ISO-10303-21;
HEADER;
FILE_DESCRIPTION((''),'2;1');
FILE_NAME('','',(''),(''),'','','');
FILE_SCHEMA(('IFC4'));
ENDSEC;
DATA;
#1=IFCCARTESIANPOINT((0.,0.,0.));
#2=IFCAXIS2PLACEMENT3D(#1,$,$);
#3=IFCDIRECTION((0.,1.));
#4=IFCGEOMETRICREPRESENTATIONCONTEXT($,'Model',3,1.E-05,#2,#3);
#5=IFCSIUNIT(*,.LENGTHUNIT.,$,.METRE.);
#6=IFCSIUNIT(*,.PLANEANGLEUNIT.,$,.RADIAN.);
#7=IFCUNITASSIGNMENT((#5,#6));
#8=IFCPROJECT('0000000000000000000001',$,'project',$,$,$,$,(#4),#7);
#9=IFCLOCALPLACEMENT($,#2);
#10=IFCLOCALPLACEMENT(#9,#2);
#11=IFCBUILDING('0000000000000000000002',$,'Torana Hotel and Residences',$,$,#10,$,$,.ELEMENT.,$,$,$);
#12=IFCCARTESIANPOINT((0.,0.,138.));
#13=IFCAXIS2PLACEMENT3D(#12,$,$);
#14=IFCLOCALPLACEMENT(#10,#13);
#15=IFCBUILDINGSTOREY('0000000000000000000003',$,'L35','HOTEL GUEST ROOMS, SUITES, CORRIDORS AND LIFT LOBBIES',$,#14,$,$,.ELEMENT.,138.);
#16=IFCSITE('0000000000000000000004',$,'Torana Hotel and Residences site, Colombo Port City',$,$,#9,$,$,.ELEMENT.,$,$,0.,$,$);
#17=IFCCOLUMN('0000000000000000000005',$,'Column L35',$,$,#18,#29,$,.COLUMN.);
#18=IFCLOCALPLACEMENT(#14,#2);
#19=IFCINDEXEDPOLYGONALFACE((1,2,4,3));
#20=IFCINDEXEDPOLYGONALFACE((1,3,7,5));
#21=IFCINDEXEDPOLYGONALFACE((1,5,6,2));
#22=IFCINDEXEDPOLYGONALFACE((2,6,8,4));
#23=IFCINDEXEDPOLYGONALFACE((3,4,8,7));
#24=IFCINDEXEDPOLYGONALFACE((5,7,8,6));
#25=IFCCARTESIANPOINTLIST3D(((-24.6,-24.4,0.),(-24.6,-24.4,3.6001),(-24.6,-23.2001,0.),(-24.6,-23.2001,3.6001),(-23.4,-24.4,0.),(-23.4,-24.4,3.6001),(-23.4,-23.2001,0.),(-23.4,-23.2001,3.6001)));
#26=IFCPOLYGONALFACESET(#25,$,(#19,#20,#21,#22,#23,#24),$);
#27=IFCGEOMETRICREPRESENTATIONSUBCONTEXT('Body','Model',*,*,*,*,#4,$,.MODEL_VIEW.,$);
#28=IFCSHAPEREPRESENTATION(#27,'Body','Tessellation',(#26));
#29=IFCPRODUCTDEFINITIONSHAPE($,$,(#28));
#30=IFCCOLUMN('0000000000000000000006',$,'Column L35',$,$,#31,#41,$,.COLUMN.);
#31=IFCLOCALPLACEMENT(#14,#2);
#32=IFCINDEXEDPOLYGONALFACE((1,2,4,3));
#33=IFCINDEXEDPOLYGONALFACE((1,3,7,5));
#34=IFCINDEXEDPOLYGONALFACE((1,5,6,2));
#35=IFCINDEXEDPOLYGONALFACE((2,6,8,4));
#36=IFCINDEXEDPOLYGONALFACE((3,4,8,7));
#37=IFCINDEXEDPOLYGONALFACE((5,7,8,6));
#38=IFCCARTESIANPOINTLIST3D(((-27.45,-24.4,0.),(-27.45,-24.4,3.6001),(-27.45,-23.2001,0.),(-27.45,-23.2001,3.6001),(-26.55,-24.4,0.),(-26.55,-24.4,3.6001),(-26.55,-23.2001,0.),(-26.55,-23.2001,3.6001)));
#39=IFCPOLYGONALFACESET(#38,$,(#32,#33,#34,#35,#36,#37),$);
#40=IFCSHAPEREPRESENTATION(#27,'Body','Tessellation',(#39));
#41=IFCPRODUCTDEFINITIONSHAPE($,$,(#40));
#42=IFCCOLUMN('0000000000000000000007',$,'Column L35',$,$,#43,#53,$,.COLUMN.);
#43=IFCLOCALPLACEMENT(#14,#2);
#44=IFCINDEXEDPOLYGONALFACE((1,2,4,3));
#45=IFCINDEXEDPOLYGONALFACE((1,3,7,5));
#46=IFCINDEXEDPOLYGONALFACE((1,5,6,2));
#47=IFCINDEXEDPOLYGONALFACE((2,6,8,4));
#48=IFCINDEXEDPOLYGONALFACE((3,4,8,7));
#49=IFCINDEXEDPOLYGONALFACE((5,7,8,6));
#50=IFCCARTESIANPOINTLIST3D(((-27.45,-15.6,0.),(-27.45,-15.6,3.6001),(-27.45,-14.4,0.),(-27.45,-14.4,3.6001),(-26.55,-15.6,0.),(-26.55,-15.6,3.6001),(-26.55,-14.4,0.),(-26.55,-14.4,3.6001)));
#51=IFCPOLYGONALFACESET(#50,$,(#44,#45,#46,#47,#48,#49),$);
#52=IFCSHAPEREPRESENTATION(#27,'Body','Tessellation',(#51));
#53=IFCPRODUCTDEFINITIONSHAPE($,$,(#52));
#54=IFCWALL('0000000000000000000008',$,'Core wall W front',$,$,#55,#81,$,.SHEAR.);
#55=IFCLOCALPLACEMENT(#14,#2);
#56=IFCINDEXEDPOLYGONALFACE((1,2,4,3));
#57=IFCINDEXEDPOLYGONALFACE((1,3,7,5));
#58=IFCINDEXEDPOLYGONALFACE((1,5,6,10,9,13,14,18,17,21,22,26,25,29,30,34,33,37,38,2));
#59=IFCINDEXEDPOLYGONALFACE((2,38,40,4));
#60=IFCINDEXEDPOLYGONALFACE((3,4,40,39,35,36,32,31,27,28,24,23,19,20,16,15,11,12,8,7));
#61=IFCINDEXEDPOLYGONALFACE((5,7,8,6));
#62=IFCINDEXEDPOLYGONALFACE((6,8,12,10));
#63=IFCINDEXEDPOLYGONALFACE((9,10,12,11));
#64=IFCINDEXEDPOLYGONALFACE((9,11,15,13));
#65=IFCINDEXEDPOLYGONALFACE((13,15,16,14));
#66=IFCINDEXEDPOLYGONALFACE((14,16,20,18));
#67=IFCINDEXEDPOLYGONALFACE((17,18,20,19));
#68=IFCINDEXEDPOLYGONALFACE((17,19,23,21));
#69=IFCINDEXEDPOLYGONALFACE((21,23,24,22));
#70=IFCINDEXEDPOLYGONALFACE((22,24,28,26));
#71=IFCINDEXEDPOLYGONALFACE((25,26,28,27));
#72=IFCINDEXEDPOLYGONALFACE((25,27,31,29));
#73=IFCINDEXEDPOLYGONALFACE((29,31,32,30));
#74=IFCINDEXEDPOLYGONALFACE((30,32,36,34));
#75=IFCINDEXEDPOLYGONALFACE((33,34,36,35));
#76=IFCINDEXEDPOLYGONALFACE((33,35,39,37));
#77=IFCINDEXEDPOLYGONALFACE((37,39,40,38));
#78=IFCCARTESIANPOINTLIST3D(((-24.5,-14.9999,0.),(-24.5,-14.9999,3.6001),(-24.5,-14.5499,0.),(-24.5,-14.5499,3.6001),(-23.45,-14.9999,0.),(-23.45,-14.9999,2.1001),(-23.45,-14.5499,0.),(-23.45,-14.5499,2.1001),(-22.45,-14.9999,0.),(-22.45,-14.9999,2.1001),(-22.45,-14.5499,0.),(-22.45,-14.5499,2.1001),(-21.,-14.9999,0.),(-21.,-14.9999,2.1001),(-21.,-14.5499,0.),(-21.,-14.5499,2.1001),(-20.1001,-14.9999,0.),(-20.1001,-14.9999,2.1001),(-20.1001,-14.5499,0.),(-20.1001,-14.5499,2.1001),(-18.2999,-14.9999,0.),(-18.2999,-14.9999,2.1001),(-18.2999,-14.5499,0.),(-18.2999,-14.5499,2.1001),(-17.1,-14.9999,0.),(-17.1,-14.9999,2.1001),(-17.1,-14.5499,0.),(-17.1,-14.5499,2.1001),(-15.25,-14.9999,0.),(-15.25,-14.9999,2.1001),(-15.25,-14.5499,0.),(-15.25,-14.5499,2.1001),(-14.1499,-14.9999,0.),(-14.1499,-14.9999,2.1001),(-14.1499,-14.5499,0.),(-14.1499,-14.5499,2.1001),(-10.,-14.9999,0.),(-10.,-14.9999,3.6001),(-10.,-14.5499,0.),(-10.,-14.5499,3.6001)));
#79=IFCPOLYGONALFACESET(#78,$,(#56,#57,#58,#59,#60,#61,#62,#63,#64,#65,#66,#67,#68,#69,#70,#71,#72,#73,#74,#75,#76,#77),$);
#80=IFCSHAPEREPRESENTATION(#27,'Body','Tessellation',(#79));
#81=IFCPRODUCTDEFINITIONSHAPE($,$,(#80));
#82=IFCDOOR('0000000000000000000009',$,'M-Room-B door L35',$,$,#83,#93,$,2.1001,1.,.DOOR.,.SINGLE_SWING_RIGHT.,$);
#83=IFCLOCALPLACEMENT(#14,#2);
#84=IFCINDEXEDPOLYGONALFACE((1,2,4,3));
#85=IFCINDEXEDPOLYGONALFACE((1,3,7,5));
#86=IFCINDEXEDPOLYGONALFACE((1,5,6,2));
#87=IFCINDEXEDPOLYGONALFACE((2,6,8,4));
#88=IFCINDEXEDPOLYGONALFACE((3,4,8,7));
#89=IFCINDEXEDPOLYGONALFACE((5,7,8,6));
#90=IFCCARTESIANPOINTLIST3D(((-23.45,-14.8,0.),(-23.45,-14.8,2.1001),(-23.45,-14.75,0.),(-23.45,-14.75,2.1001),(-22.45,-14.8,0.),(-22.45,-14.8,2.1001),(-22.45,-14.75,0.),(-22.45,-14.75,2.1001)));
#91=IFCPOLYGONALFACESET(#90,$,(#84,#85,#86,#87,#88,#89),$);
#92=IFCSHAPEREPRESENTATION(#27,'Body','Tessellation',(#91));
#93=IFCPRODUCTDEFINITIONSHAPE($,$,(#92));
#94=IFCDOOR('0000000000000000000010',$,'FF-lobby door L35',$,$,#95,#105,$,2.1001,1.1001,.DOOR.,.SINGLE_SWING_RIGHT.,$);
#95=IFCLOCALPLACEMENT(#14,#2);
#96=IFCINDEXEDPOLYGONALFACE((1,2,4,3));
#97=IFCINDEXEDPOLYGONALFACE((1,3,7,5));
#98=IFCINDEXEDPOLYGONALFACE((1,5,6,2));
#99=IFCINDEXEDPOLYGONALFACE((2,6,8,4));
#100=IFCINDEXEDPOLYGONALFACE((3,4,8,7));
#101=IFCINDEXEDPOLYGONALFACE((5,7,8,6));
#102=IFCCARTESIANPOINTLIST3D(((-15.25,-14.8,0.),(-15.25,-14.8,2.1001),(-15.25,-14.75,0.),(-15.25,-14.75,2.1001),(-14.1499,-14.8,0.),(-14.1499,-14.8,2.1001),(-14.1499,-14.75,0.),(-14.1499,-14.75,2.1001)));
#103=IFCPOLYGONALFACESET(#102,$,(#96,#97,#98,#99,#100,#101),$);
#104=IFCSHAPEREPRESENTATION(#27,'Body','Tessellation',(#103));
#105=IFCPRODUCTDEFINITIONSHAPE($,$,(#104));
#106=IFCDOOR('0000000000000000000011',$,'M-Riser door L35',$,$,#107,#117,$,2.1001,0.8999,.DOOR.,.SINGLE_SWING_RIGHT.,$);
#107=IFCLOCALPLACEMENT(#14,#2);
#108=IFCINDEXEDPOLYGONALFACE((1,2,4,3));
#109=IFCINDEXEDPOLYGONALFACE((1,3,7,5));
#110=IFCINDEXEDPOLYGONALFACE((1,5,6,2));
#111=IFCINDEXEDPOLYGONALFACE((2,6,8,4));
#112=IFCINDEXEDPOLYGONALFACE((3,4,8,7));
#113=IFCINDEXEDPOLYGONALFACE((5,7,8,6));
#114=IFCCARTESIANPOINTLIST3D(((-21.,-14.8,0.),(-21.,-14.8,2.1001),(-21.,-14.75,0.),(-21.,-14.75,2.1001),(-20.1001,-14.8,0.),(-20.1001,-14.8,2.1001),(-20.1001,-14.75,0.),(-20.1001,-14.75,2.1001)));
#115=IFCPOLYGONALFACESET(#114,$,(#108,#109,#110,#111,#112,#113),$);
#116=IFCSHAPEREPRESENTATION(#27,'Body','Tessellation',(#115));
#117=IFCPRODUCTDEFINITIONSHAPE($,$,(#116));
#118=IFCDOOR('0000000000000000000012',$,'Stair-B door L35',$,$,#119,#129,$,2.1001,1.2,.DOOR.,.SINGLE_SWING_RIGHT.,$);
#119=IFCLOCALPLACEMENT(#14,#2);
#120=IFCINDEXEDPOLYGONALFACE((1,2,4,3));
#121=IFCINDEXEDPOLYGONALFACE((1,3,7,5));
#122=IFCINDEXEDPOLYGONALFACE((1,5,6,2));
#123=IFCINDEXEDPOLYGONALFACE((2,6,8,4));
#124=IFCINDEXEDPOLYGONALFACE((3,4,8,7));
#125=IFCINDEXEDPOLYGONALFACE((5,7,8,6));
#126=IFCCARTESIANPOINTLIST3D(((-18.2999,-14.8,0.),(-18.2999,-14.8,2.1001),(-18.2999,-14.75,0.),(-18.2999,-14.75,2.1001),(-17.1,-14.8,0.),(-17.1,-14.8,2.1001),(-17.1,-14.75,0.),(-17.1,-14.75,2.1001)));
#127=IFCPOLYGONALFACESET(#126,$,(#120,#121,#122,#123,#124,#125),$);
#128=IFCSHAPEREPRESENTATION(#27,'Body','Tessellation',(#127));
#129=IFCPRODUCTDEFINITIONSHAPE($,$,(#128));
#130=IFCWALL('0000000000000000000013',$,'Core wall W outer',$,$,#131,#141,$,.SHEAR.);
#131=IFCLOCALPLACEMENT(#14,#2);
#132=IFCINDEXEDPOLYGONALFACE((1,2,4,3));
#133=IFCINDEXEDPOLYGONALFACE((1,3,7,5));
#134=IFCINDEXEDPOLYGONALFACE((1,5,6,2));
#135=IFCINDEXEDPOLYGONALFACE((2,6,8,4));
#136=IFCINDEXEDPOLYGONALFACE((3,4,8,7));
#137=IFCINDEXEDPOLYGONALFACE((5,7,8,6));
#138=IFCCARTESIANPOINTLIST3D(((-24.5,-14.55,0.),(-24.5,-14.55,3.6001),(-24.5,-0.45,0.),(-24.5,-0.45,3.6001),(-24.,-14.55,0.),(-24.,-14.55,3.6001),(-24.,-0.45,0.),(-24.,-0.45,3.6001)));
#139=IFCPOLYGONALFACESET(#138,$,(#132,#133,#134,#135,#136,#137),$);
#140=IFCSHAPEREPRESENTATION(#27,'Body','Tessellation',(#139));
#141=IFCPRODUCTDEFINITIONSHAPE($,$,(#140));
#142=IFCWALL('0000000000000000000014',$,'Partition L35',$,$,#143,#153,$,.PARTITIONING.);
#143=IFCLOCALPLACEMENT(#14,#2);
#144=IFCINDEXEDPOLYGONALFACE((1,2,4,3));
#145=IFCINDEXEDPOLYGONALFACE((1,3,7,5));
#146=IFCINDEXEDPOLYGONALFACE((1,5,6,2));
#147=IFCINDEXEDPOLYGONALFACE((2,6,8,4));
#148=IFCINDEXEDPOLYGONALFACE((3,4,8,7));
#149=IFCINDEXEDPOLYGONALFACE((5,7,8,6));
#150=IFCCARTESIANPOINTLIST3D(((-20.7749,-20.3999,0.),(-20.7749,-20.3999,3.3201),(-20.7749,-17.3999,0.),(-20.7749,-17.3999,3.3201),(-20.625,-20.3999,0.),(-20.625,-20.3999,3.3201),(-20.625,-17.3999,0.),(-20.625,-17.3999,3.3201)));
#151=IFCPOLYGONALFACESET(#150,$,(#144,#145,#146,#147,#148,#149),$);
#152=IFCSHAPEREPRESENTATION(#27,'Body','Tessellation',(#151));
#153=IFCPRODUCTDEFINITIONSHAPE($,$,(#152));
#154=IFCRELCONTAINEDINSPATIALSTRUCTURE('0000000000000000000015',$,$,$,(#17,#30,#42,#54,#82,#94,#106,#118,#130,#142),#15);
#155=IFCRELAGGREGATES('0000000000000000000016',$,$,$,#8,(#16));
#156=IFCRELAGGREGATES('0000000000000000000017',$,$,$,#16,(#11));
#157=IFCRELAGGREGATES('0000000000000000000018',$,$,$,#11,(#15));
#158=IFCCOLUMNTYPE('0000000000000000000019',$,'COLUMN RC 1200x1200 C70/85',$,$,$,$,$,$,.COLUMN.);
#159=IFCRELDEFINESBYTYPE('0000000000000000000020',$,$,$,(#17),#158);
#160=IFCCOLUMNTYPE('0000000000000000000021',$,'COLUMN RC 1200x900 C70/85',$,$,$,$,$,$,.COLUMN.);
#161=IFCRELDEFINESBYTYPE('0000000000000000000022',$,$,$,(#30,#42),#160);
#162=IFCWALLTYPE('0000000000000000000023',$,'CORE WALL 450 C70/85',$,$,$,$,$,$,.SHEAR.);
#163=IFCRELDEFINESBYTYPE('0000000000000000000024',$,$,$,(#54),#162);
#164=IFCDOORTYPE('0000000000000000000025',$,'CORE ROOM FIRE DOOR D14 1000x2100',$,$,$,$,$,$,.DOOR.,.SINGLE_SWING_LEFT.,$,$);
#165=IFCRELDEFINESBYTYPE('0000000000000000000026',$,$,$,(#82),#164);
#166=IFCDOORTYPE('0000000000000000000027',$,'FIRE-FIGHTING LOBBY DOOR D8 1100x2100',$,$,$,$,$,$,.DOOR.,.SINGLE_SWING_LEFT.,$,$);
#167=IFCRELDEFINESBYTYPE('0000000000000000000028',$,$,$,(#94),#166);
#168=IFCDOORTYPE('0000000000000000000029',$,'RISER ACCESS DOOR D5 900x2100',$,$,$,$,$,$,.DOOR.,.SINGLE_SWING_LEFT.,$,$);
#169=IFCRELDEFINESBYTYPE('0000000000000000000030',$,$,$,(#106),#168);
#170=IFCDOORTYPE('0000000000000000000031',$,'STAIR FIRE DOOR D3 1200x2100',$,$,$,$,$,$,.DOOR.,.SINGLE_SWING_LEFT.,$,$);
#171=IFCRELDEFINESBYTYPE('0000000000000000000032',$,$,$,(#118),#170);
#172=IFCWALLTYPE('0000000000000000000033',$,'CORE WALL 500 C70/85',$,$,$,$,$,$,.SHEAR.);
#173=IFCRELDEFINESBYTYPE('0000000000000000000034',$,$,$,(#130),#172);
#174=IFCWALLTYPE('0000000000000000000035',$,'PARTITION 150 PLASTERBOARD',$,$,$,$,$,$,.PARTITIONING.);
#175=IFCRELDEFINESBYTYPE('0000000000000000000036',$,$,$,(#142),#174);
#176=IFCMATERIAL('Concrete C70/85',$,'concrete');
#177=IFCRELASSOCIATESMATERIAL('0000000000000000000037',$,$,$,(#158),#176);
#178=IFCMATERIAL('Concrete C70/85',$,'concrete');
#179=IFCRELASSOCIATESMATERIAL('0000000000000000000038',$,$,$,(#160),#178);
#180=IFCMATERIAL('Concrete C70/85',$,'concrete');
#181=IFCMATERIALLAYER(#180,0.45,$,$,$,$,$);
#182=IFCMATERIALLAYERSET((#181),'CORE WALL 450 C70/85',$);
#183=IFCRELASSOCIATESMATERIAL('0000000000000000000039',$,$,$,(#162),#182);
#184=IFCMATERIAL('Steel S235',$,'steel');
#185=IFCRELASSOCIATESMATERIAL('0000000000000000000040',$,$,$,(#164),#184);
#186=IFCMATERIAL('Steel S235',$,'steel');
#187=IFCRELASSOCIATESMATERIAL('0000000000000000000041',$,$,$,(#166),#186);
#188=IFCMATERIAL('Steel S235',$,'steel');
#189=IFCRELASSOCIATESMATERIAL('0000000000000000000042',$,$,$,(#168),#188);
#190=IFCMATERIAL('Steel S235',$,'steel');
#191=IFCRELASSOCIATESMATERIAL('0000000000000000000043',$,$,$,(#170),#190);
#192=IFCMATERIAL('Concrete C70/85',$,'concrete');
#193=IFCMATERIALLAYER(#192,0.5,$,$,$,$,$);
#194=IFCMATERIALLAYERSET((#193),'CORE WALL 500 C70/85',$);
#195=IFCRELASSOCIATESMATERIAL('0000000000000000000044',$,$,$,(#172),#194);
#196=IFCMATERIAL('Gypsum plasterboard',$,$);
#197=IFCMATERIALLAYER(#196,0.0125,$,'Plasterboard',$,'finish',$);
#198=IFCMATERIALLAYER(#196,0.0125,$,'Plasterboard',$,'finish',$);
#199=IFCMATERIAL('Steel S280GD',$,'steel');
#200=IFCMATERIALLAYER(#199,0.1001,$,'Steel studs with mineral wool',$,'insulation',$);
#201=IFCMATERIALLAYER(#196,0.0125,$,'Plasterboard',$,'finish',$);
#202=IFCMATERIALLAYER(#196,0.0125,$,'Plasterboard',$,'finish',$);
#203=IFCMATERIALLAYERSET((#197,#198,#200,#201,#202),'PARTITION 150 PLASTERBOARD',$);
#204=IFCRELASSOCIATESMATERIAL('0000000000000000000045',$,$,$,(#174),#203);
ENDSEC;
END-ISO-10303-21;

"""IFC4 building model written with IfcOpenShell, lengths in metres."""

from ifc_helpers import new_model, si_unit, direction, frame, frame_2d, origin, origin_2d, place, context, subcontext, project, spatial, rectangle, extrude, material, layer, layer_set, material_profile, profile_set, type_object, element, fill, save


model = new_model("IFC4")

# Units and contexts
model_context = context("Model", 3, precision=1e-05, world=origin(), true_north=direction((0.0, 1.0)))
body_context = subcontext(model_context, "Body", "Model", "MODEL_VIEW")
ifc_project = project(units=[si_unit("LENGTHUNIT", "METRE"), si_unit("PLANEANGLEUNIT", "RADIAN")], contexts=[model_context])

# Site, building, storey
site_placement = place(None, origin())
site = spatial("IfcSite", under=ifc_project, at=site_placement, Name="Torana Hotel and Residences site, Colombo Port City", CompositionType="ELEMENT", RefElevation=0.0)
building_placement = place(site_placement, origin())
building = spatial("IfcBuilding", under=site, at=building_placement, Name="Torana Hotel and Residences", CompositionType="ELEMENT")
storey_placement = place(building_placement, frame((0.0, 0.0, 138.0)))
storey = spatial("IfcBuildingStorey", under=building, at=storey_placement, Name="L35", Description="HOTEL GUEST ROOMS, SUITES, CORRIDORS AND LIFT LOBBIES", CompositionType="ELEMENT", Elevation=138.0)

# Columns
ifc_material_1 = material(Name="Concrete C70/85", Category="concrete")
ifc_material_profile_1 = material_profile(ifc_material_1, rectangle(XDim=1.2, YDim=1.2, at=origin_2d()), Name="RC 1200x1200")
ifc_profile_set_1 = profile_set([ifc_material_profile_1], Name="Concrete C70/85")
column_type_1 = type_object("IfcColumnType", Name="COLUMN RC 1200x1200 C70/85", PredefinedType="COLUMN", material=ifc_profile_set_1)
column_placement = place(storey_placement, frame((-24.0, -23.8, 0.0), z_axis=(0.0, 0.0, 1.0), x_axis=(1.0, 0.0, 0.0)))
element("IfcColumn", 1, at=column_placement, inside=storey, type_object=column_type_1, Name="Column L35", PredefinedType="COLUMN", context=body_context, shape_type="SweptSolid", body=[
    extrude(rectangle(XDim=1.2, YDim=1.2, at=origin_2d()), origin(), (0.0, 0.0, 1.0), 3.6001),
])
ifc_material_2 = material(Name="Concrete C70/85", Category="concrete")
ifc_material_profile_2 = material_profile(ifc_material_2, rectangle(XDim=1.2, YDim=0.8999, at=origin_2d()), Name="RC 1200x900")
ifc_profile_set_2 = profile_set([ifc_material_profile_2], Name="Concrete C70/85")
column_type_2 = type_object("IfcColumnType", Name="COLUMN RC 1200x900 C70/85", PredefinedType="COLUMN", material=ifc_profile_set_2)
for number, where, z_axis, x_axis, name in (
    (2, (-27.0, -23.8, 0.0), (0.0, 0.0, 1.0), (0.0, 1.0, 0.0), "Column L35"),
    (3, (-27.0, -15.0, 0.0), (0.0, 0.0, 1.0), (0.0, 1.0, 0.0), "Column L35"),
):
    element("IfcColumn", number, at=place(storey_placement, frame(where, z_axis=z_axis, x_axis=x_axis)), inside=storey, type_object=column_type_2, Name=name, PredefinedType="COLUMN", context=body_context, shape_type="SweptSolid", body=[
        extrude(rectangle(XDim=1.2, YDim=0.8999, at=origin_2d()), origin(), (0.0, 0.0, 1.0), 3.6001),
    ])

# Wall, openings, doors
ifc_material_3 = material(Name="Concrete C70/85", Category="concrete")
ifc_layer_1 = layer(ifc_material_3, 0.45)
ifc_layer_set_1 = layer_set([ifc_layer_1], Name="CORE WALL 450 C70/85")
wall_type_1 = type_object("IfcWallType", Name="CORE WALL 450 C70/85", PredefinedType="SHEAR", material=ifc_layer_set_1)
wall_1_placement = place(storey_placement, frame((-24.5, -14.7749, 0.0), z_axis=(0.0, 0.0, 1.0), x_axis=(1.0, 0.0, 0.0)))
wall_1 = element("IfcWall", 4, at=wall_1_placement, inside=storey, type_object=wall_type_1, Name="Core wall W front", PredefinedType="SHEAR", context=body_context, shape_type="SweptSolid", body=[
    extrude(rectangle(XDim=14.5, YDim=0.45, at=frame_2d((7.25, 0.0))), origin(), (0.0, 0.0, 1.0), 3.6001),
])
opening_1_placement = place(wall_1_placement, frame((6.2, 0.0, 0.0)))
opening_1 = element("IfcOpeningElement", 5, at=opening_1_placement, cuts=wall_1, PredefinedType="OPENING", context=body_context, shape_type="SweptSolid", body=[
    extrude(rectangle(XDim=1.2, YDim=2.1001, at=frame_2d((0.6001, 1.05))), frame((0.0, 0.2349, 0.0), z_axis=(0.0, -1.0, 0.0), x_axis=(1.0, 0.0, 0.0)), (0.0, 0.0, 1.0), 0.47),
])
opening_2_placement = place(wall_1_placement, frame((9.25, 0.0, 0.0)))
opening_2 = element("IfcOpeningElement", 6, at=opening_2_placement, cuts=wall_1, PredefinedType="OPENING", context=body_context, shape_type="SweptSolid", body=[
    extrude(rectangle(XDim=1.1001, YDim=2.1001, at=frame_2d((0.55, 1.05))), frame((0.0, 0.2349, 0.0), z_axis=(0.0, -1.0, 0.0), x_axis=(1.0, 0.0, 0.0)), (0.0, 0.0, 1.0), 0.47),
])
opening_3_placement = place(wall_1_placement, frame((3.5, 0.0, 0.0)))
opening_3 = element("IfcOpeningElement", 7, at=opening_3_placement, cuts=wall_1, PredefinedType="OPENING", context=body_context, shape_type="SweptSolid", body=[
    extrude(rectangle(XDim=0.8999, YDim=2.1001, at=frame_2d((0.45, 1.05))), frame((0.0, 0.2349, 0.0), z_axis=(0.0, -1.0, 0.0), x_axis=(1.0, 0.0, 0.0)), (0.0, 0.0, 1.0), 0.47),
])
opening_4_placement = place(wall_1_placement, frame((1.05, 0.0, 0.0)))
opening_4 = element("IfcOpeningElement", 8, at=opening_4_placement, cuts=wall_1, PredefinedType="OPENING", context=body_context, shape_type="SweptSolid", body=[
    extrude(rectangle(XDim=1.0, YDim=2.1001, at=frame_2d((0.5, 1.05))), frame((0.0, 0.2349, 0.0), z_axis=(0.0, -1.0, 0.0), x_axis=(1.0, 0.0, 0.0)), (0.0, 0.0, 1.0), 0.47),
])
ifc_material_4 = material(Name="Steel S235", Category="steel")
door_type_1 = type_object("IfcDoorType", Name="CORE ROOM FIRE DOOR D14 1000x2100", OperationType="SINGLE_SWING_LEFT", PredefinedType="DOOR", material=ifc_material_4)
door_1_placement = place(opening_4_placement, origin())
door_1 = element("IfcDoor", 9, at=door_1_placement, inside=storey, type_object=door_type_1, Name="M-Room-B door L35", OperationType="SINGLE_SWING_RIGHT", OverallHeight=2.1001, OverallWidth=1.0, PredefinedType="DOOR", context=body_context, shape_type="SweptSolid", body=[
    extrude(rectangle(XDim=1.0, YDim=2.1001, at=frame_2d((0.5, 1.05))), frame((0.0, 0.0249, 0.0), z_axis=(0.0, -1.0, 0.0), x_axis=(1.0, 0.0, 0.0)), (0.0, 0.0, 1.0), 0.05),
])
fill(opening_4, door_1)
ifc_material_5 = material(Name="Steel S235", Category="steel")
door_type_2 = type_object("IfcDoorType", Name="FIRE-FIGHTING LOBBY DOOR D8 1100x2100", OperationType="SINGLE_SWING_LEFT", PredefinedType="DOOR", material=ifc_material_5)
door_2_placement = place(opening_2_placement, origin())
door_2 = element("IfcDoor", 10, at=door_2_placement, inside=storey, type_object=door_type_2, Name="FF-lobby door L35", OperationType="SINGLE_SWING_RIGHT", OverallHeight=2.1001, OverallWidth=1.1001, PredefinedType="DOOR", context=body_context, shape_type="SweptSolid", body=[
    extrude(rectangle(XDim=1.1001, YDim=2.1001, at=frame_2d((0.55, 1.05))), frame((0.0, 0.0249, 0.0), z_axis=(0.0, -1.0, 0.0), x_axis=(1.0, 0.0, 0.0)), (0.0, 0.0, 1.0), 0.05),
])
fill(opening_2, door_2)
ifc_material_6 = material(Name="Steel S235", Category="steel")
door_type_3 = type_object("IfcDoorType", Name="RISER ACCESS DOOR D5 900x2100", OperationType="SINGLE_SWING_LEFT", PredefinedType="DOOR", material=ifc_material_6)
door_3_placement = place(opening_3_placement, origin())
door_3 = element("IfcDoor", 11, at=door_3_placement, inside=storey, type_object=door_type_3, Name="M-Riser door L35", OperationType="SINGLE_SWING_RIGHT", OverallHeight=2.1001, OverallWidth=0.8999, PredefinedType="DOOR", context=body_context, shape_type="SweptSolid", body=[
    extrude(rectangle(XDim=0.8999, YDim=2.1001, at=frame_2d((0.45, 1.05))), frame((0.0, 0.0249, 0.0), z_axis=(0.0, -1.0, 0.0), x_axis=(1.0, 0.0, 0.0)), (0.0, 0.0, 1.0), 0.05),
])
fill(opening_3, door_3)
ifc_material_7 = material(Name="Steel S235", Category="steel")
door_type_4 = type_object("IfcDoorType", Name="STAIR FIRE DOOR D3 1200x2100", OperationType="SINGLE_SWING_LEFT", PredefinedType="DOOR", material=ifc_material_7)
door_4_placement = place(opening_1_placement, origin())
door_4 = element("IfcDoor", 12, at=door_4_placement, inside=storey, type_object=door_type_4, Name="Stair-B door L35", OperationType="SINGLE_SWING_RIGHT", OverallHeight=2.1001, OverallWidth=1.2, PredefinedType="DOOR", context=body_context, shape_type="SweptSolid", body=[
    extrude(rectangle(XDim=1.2, YDim=2.1001, at=frame_2d((0.6001, 1.05))), frame((0.0, 0.0249, 0.0), z_axis=(0.0, -1.0, 0.0), x_axis=(1.0, 0.0, 0.0)), (0.0, 0.0, 1.0), 0.05),
])
fill(opening_1, door_4)

# Walls
ifc_material_8 = material(Name="Concrete C70/85", Category="concrete")
ifc_layer_2 = layer(ifc_material_8, 0.5)
ifc_layer_set_2 = layer_set([ifc_layer_2], Name="CORE WALL 500 C70/85")
wall_type_2 = type_object("IfcWallType", Name="CORE WALL 500 C70/85", PredefinedType="SHEAR", material=ifc_layer_set_2)
wall_2_placement = place(storey_placement, frame((-24.25, -14.55, 0.0), z_axis=(0.0, 0.0, 1.0), x_axis=(0.0, 1.0, 0.0)))
element("IfcWall", 13, at=wall_2_placement, inside=storey, type_object=wall_type_2, Name="Core wall W outer", PredefinedType="SHEAR", context=body_context, shape_type="SweptSolid", body=[
    extrude(rectangle(XDim=14.1001, YDim=0.5, at=frame_2d((7.05, 0.0))), origin(), (0.0, 0.0, 1.0), 3.6001),
])
ifc_material_9 = material(Name="Gypsum plasterboard")
ifc_layer_3 = layer(ifc_material_9, 0.0125, Name="Plasterboard", Category="finish")
ifc_layer_4 = layer(ifc_material_9, 0.0125, Name="Plasterboard", Category="finish")
ifc_material_10 = material(Name="Steel S280GD", Category="steel")
ifc_layer_5 = layer(ifc_material_10, 0.1001, Name="Steel studs with mineral wool", Category="insulation")
ifc_layer_6 = layer(ifc_material_9, 0.0125, Name="Plasterboard", Category="finish")
ifc_layer_7 = layer(ifc_material_9, 0.0125, Name="Plasterboard", Category="finish")
ifc_layer_set_3 = layer_set([ifc_layer_3, ifc_layer_4, ifc_layer_5, ifc_layer_6, ifc_layer_7], Name="PARTITION 150 PLASTERBOARD")
wall_type_3 = type_object("IfcWallType", Name="PARTITION 150 PLASTERBOARD", PredefinedType="PARTITIONING", material=ifc_layer_set_3)
wall_3_placement = place(storey_placement, frame((-20.7, -20.3999, 0.0), z_axis=(0.0, 0.0, 1.0), x_axis=(0.0, 1.0, 0.0)))
element("IfcWall", 14, at=wall_3_placement, inside=storey, type_object=wall_type_3, Name="Partition L35", PredefinedType="PARTITIONING", context=body_context, shape_type="SweptSolid", body=[
    extrude(rectangle(XDim=3.0, YDim=0.1499, at=frame_2d((1.5, 0.0))), origin(), (0.0, 0.0, 1.0), 3.3201),
])

save(model, "model.ifc")
